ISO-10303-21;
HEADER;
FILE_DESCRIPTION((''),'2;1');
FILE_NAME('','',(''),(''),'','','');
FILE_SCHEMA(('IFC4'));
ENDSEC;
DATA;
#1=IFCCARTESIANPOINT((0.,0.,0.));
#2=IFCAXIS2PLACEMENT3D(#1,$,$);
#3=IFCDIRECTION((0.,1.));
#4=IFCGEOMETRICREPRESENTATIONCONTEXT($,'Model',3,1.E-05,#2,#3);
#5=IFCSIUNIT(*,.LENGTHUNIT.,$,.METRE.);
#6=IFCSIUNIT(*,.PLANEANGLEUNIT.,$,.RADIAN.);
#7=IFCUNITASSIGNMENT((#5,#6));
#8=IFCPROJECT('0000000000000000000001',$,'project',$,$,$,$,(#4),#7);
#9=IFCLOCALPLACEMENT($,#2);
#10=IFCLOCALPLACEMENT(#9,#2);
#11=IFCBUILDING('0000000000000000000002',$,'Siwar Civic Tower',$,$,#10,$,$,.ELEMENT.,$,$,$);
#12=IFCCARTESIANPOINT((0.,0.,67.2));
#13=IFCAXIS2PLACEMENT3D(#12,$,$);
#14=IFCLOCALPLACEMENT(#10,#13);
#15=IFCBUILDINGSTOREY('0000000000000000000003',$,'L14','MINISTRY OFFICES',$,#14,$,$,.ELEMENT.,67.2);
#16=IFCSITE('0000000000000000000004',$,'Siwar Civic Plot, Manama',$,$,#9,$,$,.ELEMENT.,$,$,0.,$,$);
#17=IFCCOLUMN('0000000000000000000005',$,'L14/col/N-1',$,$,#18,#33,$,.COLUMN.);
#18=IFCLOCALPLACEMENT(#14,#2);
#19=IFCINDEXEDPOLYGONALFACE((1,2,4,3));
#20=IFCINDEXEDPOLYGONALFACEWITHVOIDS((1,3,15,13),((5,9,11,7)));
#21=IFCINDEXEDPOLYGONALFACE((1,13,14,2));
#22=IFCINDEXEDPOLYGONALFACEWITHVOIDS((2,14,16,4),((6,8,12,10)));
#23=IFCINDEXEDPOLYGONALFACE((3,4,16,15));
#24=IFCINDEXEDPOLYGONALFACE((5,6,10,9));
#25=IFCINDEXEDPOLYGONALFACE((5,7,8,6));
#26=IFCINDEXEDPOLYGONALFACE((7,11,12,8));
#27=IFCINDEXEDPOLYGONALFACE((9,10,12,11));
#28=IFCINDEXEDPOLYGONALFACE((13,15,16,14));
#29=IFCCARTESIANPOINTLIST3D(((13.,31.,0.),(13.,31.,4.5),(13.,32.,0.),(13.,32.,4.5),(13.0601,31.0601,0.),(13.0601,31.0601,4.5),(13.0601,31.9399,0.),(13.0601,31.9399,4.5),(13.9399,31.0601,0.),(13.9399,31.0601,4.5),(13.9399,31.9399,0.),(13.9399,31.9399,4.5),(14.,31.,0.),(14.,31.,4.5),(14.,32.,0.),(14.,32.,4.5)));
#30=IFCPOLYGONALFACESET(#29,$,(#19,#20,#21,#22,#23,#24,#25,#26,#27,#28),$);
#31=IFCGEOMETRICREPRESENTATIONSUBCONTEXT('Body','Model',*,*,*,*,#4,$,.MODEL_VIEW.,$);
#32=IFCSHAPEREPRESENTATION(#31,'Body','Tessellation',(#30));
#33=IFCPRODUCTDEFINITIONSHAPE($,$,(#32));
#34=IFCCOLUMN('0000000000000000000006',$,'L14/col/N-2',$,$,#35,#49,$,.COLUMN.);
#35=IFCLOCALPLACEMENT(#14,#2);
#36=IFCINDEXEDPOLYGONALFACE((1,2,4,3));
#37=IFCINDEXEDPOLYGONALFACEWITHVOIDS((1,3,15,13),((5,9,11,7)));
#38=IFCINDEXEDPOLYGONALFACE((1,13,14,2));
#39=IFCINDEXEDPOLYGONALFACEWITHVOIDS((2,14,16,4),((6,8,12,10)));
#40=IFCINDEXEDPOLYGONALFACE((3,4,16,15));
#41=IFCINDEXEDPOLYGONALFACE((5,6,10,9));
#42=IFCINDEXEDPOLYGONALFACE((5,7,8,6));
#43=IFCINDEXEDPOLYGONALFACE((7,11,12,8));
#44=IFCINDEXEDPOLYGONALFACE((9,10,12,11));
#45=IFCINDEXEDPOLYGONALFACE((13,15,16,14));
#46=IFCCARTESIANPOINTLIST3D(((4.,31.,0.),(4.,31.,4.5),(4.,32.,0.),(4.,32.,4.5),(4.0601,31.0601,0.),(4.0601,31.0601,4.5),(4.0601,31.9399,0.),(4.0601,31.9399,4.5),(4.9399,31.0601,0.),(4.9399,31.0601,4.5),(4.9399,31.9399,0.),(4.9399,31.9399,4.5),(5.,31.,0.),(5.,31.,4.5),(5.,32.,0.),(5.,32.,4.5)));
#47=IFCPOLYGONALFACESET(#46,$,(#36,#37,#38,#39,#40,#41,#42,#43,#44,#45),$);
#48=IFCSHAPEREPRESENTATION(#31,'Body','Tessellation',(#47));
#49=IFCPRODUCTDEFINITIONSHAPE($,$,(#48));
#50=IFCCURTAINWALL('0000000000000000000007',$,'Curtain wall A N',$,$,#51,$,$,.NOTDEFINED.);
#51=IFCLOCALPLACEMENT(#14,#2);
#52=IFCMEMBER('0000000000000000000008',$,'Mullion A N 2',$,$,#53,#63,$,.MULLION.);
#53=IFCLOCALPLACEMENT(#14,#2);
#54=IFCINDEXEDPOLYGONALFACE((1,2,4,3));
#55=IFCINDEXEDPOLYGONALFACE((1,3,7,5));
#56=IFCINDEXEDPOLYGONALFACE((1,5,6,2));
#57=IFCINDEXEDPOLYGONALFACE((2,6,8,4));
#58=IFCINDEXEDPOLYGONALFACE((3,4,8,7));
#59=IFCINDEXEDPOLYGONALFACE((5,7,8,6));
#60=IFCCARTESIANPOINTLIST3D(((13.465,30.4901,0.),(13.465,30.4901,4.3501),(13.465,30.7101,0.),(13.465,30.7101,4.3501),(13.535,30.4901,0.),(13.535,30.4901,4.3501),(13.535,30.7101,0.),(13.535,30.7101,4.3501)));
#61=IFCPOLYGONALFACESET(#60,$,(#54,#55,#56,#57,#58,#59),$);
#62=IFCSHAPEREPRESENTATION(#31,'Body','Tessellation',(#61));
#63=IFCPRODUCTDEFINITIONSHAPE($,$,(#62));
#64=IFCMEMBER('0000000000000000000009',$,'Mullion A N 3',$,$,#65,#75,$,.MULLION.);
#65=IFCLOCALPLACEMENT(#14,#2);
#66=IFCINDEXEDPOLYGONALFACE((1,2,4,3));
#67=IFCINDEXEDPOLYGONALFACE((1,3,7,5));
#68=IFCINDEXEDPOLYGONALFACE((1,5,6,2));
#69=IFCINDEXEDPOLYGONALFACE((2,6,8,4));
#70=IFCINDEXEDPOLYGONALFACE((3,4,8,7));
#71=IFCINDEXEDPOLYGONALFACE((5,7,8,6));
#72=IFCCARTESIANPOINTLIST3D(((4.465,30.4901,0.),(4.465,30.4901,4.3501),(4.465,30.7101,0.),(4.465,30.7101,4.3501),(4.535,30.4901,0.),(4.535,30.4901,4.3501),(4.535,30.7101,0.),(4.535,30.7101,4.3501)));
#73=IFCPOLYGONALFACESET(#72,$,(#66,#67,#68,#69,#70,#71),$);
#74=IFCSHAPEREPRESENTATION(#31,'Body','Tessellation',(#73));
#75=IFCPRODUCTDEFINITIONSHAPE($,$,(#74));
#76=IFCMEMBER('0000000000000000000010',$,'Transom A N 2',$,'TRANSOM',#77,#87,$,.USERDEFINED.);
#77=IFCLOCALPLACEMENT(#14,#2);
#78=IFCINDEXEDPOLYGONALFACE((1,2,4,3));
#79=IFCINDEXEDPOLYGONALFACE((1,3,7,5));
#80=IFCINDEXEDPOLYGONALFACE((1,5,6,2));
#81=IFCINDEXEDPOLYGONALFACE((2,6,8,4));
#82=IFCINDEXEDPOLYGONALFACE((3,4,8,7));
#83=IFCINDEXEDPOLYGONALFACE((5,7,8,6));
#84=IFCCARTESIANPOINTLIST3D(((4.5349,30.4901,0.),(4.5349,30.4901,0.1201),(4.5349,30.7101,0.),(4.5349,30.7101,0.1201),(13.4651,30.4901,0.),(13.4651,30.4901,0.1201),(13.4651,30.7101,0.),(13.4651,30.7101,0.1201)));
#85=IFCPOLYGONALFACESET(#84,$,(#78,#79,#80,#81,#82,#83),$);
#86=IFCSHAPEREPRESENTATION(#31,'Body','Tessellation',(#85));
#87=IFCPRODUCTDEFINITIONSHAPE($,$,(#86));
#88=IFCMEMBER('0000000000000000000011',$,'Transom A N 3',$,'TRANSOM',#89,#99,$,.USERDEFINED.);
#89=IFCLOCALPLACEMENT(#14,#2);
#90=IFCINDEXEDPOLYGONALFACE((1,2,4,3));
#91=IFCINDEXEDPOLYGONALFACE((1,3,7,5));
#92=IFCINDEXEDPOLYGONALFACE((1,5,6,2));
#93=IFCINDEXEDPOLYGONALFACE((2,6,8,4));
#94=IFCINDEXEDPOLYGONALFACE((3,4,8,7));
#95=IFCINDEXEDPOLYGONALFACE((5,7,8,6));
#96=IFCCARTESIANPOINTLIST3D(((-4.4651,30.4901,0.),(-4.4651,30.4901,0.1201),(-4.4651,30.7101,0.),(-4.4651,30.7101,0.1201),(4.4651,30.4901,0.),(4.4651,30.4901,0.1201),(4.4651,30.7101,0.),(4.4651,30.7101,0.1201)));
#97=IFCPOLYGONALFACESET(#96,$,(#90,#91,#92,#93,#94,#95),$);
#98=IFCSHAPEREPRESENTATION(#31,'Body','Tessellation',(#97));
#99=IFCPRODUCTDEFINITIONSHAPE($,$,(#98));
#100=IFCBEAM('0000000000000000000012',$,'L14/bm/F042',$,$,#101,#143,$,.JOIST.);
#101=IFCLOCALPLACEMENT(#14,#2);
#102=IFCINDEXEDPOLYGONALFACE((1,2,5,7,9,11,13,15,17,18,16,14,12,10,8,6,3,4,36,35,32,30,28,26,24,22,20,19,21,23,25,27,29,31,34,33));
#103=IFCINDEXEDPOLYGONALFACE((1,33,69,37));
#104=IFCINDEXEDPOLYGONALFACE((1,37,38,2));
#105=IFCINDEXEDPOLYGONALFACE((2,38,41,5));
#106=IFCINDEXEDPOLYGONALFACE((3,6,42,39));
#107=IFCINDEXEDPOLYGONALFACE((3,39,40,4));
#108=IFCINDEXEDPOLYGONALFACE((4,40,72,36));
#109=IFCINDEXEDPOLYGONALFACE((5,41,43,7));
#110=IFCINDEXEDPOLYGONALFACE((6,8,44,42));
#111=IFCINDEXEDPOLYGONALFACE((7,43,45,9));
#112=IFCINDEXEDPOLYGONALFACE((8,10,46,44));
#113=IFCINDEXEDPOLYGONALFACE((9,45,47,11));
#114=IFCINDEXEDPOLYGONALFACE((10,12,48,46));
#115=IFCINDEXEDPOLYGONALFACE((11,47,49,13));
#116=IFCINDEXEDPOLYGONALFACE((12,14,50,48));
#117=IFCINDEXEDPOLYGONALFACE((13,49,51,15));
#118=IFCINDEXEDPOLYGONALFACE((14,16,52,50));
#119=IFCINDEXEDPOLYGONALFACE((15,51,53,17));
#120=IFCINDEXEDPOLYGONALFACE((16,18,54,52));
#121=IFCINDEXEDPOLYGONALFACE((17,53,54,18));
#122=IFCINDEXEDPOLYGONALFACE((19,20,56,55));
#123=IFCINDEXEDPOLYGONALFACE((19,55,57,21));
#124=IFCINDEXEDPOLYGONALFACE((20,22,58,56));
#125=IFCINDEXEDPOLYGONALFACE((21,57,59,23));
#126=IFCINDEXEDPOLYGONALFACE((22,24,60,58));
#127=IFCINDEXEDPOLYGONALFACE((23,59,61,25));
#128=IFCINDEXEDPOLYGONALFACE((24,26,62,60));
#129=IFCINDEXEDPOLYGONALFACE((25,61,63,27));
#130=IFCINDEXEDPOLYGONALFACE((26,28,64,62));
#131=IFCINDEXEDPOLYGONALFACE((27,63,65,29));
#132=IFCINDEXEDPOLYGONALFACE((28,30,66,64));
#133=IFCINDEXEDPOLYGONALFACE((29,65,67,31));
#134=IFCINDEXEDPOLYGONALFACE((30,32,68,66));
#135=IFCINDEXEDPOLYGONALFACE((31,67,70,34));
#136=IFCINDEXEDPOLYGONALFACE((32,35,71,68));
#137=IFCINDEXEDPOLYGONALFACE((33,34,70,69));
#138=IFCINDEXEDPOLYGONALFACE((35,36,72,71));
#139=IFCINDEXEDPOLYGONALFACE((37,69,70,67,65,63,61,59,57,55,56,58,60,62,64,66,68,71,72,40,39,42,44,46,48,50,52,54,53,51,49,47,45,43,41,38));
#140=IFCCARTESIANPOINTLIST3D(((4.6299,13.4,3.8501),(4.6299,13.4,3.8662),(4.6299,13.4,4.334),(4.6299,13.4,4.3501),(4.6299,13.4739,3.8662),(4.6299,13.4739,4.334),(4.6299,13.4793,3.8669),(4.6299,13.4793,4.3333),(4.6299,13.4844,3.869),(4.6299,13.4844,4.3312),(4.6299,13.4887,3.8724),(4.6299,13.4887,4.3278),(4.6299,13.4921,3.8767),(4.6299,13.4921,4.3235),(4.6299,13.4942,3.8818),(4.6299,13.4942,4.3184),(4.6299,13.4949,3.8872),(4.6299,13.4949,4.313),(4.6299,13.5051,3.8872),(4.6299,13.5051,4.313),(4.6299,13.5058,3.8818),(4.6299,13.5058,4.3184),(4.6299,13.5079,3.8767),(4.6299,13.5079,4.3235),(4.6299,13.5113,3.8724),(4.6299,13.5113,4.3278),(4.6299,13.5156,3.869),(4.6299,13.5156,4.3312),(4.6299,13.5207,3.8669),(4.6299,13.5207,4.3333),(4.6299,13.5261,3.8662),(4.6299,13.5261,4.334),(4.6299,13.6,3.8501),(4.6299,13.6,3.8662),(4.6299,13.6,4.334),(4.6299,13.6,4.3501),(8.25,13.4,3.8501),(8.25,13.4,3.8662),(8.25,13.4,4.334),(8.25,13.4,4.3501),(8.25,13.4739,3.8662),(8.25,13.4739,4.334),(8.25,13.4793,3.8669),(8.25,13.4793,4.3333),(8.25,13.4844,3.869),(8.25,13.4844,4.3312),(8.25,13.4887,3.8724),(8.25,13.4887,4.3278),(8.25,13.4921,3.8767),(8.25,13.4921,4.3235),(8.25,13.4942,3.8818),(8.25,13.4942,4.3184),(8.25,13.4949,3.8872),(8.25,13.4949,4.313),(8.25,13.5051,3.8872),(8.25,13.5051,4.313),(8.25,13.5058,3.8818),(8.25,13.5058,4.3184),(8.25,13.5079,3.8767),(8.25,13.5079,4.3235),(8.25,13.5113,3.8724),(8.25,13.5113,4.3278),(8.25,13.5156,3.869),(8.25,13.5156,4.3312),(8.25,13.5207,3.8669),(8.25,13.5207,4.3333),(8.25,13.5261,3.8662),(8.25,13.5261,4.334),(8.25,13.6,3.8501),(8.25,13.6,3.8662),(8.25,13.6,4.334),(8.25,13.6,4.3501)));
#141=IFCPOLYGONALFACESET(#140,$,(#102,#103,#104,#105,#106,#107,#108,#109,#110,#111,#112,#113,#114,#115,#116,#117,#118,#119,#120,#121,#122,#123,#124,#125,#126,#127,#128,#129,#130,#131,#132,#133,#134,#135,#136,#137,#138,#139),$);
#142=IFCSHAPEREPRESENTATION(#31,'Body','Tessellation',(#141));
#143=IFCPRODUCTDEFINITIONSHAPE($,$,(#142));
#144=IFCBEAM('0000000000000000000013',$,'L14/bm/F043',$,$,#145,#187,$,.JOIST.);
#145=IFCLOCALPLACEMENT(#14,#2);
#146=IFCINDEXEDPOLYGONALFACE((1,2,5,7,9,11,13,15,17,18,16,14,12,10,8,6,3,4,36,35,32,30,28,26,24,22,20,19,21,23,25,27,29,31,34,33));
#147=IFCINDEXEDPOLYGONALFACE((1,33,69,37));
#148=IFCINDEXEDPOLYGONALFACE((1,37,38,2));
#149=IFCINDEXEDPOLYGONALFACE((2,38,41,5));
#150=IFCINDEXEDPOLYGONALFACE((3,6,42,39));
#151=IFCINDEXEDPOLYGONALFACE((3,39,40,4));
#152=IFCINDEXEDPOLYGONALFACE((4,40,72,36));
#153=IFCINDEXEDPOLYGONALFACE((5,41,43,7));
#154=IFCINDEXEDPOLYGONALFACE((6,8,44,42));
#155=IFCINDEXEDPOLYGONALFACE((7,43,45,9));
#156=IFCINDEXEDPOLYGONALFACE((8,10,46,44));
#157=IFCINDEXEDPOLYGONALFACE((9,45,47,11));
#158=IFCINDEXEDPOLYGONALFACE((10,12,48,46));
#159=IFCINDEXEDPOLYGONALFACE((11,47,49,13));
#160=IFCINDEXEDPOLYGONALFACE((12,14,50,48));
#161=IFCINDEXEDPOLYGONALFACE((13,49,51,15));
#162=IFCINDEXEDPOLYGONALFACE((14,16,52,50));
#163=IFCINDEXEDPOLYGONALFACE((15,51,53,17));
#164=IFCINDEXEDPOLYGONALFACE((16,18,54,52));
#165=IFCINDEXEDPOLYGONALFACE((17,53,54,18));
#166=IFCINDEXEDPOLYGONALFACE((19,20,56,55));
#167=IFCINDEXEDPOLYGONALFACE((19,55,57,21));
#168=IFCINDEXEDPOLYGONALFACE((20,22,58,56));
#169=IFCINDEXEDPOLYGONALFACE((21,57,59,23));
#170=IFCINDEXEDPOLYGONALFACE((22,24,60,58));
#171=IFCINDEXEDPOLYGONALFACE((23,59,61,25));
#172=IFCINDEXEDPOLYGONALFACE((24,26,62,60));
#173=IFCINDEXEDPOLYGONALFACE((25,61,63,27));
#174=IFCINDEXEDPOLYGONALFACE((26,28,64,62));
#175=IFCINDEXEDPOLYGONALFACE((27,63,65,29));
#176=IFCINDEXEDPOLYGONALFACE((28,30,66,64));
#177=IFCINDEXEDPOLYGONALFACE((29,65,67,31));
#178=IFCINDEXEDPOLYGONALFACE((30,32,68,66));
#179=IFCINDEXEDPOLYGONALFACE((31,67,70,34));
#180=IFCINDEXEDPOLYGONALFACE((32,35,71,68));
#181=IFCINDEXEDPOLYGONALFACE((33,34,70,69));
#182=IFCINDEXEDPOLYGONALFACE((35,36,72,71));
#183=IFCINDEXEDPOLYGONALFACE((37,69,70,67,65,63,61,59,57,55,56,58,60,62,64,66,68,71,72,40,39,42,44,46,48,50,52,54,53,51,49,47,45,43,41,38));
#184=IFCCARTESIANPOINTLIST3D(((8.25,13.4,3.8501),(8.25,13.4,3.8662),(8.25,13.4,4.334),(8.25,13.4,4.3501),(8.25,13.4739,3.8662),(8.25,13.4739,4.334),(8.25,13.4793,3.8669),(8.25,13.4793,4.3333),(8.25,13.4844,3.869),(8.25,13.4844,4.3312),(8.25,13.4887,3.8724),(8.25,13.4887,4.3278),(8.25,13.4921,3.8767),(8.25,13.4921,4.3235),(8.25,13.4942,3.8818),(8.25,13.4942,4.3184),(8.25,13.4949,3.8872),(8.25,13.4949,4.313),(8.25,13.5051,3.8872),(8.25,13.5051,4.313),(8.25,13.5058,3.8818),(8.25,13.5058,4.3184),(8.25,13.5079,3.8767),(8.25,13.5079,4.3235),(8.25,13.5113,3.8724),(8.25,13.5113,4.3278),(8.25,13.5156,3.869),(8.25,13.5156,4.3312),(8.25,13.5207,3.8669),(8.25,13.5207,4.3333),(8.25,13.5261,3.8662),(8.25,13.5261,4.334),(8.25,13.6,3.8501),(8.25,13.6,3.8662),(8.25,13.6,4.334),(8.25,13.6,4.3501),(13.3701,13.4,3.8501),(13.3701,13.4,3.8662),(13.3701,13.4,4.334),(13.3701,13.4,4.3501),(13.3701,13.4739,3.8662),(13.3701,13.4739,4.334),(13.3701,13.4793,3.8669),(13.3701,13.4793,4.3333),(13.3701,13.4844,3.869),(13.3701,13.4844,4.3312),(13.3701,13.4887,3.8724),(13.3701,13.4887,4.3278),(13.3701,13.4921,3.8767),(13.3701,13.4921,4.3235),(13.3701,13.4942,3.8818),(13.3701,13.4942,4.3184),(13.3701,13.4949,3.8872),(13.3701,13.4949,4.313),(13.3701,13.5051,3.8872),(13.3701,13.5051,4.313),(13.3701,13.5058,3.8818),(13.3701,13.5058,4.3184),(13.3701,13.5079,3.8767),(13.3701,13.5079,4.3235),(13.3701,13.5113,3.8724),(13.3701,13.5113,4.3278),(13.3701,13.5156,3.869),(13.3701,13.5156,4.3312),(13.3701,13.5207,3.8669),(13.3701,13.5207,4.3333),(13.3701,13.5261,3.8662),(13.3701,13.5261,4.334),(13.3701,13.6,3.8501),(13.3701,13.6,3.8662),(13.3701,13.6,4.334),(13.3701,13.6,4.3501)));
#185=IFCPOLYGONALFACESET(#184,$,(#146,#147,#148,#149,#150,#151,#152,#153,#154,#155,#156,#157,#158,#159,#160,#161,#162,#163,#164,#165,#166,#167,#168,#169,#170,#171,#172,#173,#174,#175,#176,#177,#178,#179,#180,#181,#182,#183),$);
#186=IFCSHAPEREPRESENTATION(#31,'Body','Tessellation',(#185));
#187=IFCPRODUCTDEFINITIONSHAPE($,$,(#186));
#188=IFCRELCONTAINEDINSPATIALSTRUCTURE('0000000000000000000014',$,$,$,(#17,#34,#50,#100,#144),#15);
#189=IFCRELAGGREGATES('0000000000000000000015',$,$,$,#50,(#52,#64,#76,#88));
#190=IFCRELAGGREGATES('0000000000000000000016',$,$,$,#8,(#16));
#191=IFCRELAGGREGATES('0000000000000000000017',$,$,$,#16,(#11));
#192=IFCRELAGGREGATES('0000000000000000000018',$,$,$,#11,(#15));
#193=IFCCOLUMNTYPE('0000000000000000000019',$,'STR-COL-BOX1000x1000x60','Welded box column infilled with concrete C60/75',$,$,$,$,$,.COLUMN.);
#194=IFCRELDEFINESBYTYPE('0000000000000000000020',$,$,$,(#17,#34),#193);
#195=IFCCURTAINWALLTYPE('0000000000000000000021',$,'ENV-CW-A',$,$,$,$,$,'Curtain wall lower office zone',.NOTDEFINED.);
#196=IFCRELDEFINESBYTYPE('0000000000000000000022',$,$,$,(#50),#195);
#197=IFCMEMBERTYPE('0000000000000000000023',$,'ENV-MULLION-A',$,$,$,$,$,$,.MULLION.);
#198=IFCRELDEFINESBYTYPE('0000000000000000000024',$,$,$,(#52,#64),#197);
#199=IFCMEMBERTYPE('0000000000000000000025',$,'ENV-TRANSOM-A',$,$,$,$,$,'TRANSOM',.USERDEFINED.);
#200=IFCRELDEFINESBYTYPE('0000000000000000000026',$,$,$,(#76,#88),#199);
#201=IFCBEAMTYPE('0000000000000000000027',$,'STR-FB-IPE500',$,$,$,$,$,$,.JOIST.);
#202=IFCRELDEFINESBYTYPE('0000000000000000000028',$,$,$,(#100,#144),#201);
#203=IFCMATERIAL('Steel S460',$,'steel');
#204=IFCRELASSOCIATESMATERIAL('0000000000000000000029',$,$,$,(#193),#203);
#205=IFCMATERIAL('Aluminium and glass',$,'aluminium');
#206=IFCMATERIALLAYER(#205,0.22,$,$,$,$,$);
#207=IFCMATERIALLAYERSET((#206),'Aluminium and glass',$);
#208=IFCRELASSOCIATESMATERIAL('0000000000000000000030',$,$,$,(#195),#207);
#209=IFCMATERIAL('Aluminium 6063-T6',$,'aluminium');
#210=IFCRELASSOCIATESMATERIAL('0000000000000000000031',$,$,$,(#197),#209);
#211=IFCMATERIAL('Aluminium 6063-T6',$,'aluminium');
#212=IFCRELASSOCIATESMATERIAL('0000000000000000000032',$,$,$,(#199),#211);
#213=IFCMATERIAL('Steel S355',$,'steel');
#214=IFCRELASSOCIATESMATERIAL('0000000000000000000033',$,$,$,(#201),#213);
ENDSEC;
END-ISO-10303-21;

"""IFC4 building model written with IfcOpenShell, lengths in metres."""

from ifc_helpers import new_model, si_unit, direction, frame, origin, origin_2d, place, context, subcontext, project, spatial, rectangle, hollow_rectangle, i_section, extrude, material, layer, layer_set, material_profile, profile_set, type_object, element, aggregate, save


model = new_model("IFC4")

# Units and contexts
model_context = context("Model", 3, precision=1e-05, world=origin(), true_north=direction((0.0, 1.0)))
body_context = subcontext(model_context, "Body", "Model", "MODEL_VIEW")
ifc_project = project(units=[si_unit("LENGTHUNIT", "METRE"), si_unit("PLANEANGLEUNIT", "RADIAN")], contexts=[model_context])

# Site, building, storey
site_placement = place(None, origin())
site = spatial("IfcSite", under=ifc_project, at=site_placement, Name="Siwar Civic Plot, Manama", CompositionType="ELEMENT", RefElevation=0.0)
building_placement = place(site_placement, origin())
building = spatial("IfcBuilding", under=site, at=building_placement, Name="Siwar Civic Tower", CompositionType="ELEMENT")
storey_placement = place(building_placement, frame((0.0, 0.0, 67.2)))
storey = spatial("IfcBuildingStorey", under=building, at=storey_placement, Name="L14", Description="MINISTRY OFFICES", CompositionType="ELEMENT", Elevation=67.2)

# Columns
ifc_material_1 = material(Name="Steel S460", Category="steel")
ifc_material_profile_1 = material_profile(ifc_material_1, hollow_rectangle(XDim=1.0, YDim=1.0, WallThickness=0.0601, at=origin_2d()), Name="BOX1000x1000x60")
ifc_profile_set_1 = profile_set([ifc_material_profile_1], Name="Steel S460")
column_type = type_object("IfcColumnType", Name="STR-COL-BOX1000x1000x60", Description="Welded box column infilled with concrete C60/75", PredefinedType="COLUMN", material=ifc_profile_set_1)
for number, where, z_axis, x_axis, name in (
    (1, (13.5, 31.5, 0.0), (0.0, 0.0, 1.0), (1.0, 0.0, 0.0), "L14/col/N-1"),
    (2, (4.5, 31.5, 0.0), (0.0, 0.0, 1.0), (1.0, 0.0, 0.0), "L14/col/N-2"),
):
    element("IfcColumn", number, at=place(storey_placement, frame(where, z_axis=z_axis, x_axis=x_axis)), inside=storey, type_object=column_type, Name=name, PredefinedType="COLUMN", context=body_context, shape_type="SweptSolid", body=[
        extrude(hollow_rectangle(XDim=1.0, YDim=1.0, WallThickness=0.0601, at=origin_2d()), origin(), (0.0, 0.0, 1.0), 4.5),
    ])

# Curtain wall, members
ifc_material_2 = material(Name="Aluminium and glass", Category="aluminium")
ifc_layer_1 = layer(ifc_material_2, 0.22)
ifc_layer_set_1 = layer_set([ifc_layer_1], Name="Aluminium and glass")
curtain_wall_type = type_object("IfcCurtainWallType", Name="ENV-CW-A", ElementType="Curtain wall lower office zone", PredefinedType="NOTDEFINED", material=ifc_layer_set_1)
curtain_wall_placement = place(storey_placement, origin())
curtain_wall = element("IfcCurtainWall", 3, at=curtain_wall_placement, inside=storey, type_object=curtain_wall_type, Name="Curtain wall A N", PredefinedType="NOTDEFINED")
ifc_material_3 = material(Name="Aluminium 6063-T6", Category="aluminium")
ifc_material_profile_2 = material_profile(ifc_material_3, rectangle(XDim=0.22, YDim=0.0701, at=origin_2d()), Name="AL 220x70")
ifc_profile_set_2 = profile_set([ifc_material_profile_2], Name="Aluminium 6063-T6")
member_type_1 = type_object("IfcMemberType", Name="ENV-MULLION-A", PredefinedType="MULLION", material=ifc_profile_set_2)
member_1_placement = place(storey_placement, frame((13.5, 30.6001, 0.0), z_axis=(0.0, 0.0, 1.0), x_axis=(0.0, -1.0, 0.0)))
member_1 = element("IfcMember", 4, at=member_1_placement, type_object=member_type_1, Name="Mullion A N 2", PredefinedType="MULLION", context=body_context, shape_type="SweptSolid", body=[
    extrude(rectangle(XDim=0.22, YDim=0.0701, at=origin_2d()), origin(), (0.0, 0.0, 1.0), 4.3501),
])
member_2_placement = place(storey_placement, frame((4.5, 30.6001, 0.0), z_axis=(0.0, 0.0, 1.0), x_axis=(0.0, -1.0, 0.0)))
member_2 = element("IfcMember", 5, at=member_2_placement, type_object=member_type_1, Name="Mullion A N 3", PredefinedType="MULLION", context=body_context, shape_type="SweptSolid", body=[
    extrude(rectangle(XDim=0.22, YDim=0.0701, at=origin_2d()), origin(), (0.0, 0.0, 1.0), 4.3501),
])
ifc_material_4 = material(Name="Aluminium 6063-T6", Category="aluminium")
ifc_material_profile_3 = material_profile(ifc_material_4, rectangle(XDim=0.22, YDim=0.1201, at=origin_2d()), Name="AL 220x120")
ifc_profile_set_3 = profile_set([ifc_material_profile_3], Name="Aluminium 6063-T6")
member_type_2 = type_object("IfcMemberType", Name="ENV-TRANSOM-A", ElementType="TRANSOM", PredefinedType="USERDEFINED", material=ifc_profile_set_3)
member_3_placement = place(storey_placement, frame((13.4651, 30.6001, 0.0601), z_axis=(-1.0, 0.0, 0.0), x_axis=(0.0, -1.0, 0.0)))
member_3 = element("IfcMember", 6, at=member_3_placement, type_object=member_type_2, Name="Transom A N 2", ObjectType="TRANSOM", PredefinedType="USERDEFINED", context=body_context, shape_type="SweptSolid", body=[
    extrude(rectangle(XDim=0.22, YDim=0.1201, at=origin_2d()), origin(), (0.0, 0.0, 1.0), 8.9302),
])
member_4_placement = place(storey_placement, frame((4.4651, 30.6001, 0.0601), z_axis=(-1.0, 0.0, 0.0), x_axis=(0.0, -1.0, 0.0)))
member_4 = element("IfcMember", 7, at=member_4_placement, type_object=member_type_2, Name="Transom A N 3", ObjectType="TRANSOM", PredefinedType="USERDEFINED", context=body_context, shape_type="SweptSolid", body=[
    extrude(rectangle(XDim=0.22, YDim=0.1201, at=origin_2d()), origin(), (0.0, 0.0, 1.0), 8.9302),
])

# Beams
ifc_material_5 = material(Name="Steel S355", Category="steel")
ifc_material_profile_4 = material_profile(ifc_material_5, i_section(OverallWidth=0.2, OverallDepth=0.5, WebThickness=0.0103, FlangeThickness=0.0161, FilletRadius=0.021, at=origin_2d()), Name="IPE500")
ifc_profile_set_4 = profile_set([ifc_material_profile_4], Name="Steel S355")
beam_type_1 = type_object("IfcBeamType", Name="STR-FB-IPE500", PredefinedType="JOIST", material=ifc_profile_set_4)
beam_1_placement = place(storey_placement, frame((4.6299, 13.5, 4.1001), z_axis=(1.0, 0.0, 0.0), x_axis=(0.0, 1.0, 0.0)))
element("IfcBeam", 8, at=beam_1_placement, inside=storey, type_object=beam_type_1, Name="L14/bm/F042", PredefinedType="JOIST", context=body_context, shape_type="SweptSolid", body=[
    extrude(i_section(OverallWidth=0.2, OverallDepth=0.5, WebThickness=0.0103, FlangeThickness=0.0161, FilletRadius=0.021, at=origin_2d()), origin(), (0.0, 0.0, 1.0), 3.6201),
])
beam_2_placement = place(storey_placement, frame((8.25, 13.5, 4.1001), z_axis=(1.0, 0.0, 0.0), x_axis=(0.0, 1.0, 0.0)))
element("IfcBeam", 9, at=beam_2_placement, inside=storey, type_object=beam_type_1, Name="L14/bm/F043", PredefinedType="JOIST", context=body_context, shape_type="SweptSolid", body=[
    extrude(i_section(OverallWidth=0.2, OverallDepth=0.5, WebThickness=0.0103, FlangeThickness=0.0161, FilletRadius=0.021, at=origin_2d()), origin(), (0.0, 0.0, 1.0), 5.1201),
])

aggregate(curtain_wall, [member_1, member_2, member_3, member_4])

save(model, "model.ifc")
